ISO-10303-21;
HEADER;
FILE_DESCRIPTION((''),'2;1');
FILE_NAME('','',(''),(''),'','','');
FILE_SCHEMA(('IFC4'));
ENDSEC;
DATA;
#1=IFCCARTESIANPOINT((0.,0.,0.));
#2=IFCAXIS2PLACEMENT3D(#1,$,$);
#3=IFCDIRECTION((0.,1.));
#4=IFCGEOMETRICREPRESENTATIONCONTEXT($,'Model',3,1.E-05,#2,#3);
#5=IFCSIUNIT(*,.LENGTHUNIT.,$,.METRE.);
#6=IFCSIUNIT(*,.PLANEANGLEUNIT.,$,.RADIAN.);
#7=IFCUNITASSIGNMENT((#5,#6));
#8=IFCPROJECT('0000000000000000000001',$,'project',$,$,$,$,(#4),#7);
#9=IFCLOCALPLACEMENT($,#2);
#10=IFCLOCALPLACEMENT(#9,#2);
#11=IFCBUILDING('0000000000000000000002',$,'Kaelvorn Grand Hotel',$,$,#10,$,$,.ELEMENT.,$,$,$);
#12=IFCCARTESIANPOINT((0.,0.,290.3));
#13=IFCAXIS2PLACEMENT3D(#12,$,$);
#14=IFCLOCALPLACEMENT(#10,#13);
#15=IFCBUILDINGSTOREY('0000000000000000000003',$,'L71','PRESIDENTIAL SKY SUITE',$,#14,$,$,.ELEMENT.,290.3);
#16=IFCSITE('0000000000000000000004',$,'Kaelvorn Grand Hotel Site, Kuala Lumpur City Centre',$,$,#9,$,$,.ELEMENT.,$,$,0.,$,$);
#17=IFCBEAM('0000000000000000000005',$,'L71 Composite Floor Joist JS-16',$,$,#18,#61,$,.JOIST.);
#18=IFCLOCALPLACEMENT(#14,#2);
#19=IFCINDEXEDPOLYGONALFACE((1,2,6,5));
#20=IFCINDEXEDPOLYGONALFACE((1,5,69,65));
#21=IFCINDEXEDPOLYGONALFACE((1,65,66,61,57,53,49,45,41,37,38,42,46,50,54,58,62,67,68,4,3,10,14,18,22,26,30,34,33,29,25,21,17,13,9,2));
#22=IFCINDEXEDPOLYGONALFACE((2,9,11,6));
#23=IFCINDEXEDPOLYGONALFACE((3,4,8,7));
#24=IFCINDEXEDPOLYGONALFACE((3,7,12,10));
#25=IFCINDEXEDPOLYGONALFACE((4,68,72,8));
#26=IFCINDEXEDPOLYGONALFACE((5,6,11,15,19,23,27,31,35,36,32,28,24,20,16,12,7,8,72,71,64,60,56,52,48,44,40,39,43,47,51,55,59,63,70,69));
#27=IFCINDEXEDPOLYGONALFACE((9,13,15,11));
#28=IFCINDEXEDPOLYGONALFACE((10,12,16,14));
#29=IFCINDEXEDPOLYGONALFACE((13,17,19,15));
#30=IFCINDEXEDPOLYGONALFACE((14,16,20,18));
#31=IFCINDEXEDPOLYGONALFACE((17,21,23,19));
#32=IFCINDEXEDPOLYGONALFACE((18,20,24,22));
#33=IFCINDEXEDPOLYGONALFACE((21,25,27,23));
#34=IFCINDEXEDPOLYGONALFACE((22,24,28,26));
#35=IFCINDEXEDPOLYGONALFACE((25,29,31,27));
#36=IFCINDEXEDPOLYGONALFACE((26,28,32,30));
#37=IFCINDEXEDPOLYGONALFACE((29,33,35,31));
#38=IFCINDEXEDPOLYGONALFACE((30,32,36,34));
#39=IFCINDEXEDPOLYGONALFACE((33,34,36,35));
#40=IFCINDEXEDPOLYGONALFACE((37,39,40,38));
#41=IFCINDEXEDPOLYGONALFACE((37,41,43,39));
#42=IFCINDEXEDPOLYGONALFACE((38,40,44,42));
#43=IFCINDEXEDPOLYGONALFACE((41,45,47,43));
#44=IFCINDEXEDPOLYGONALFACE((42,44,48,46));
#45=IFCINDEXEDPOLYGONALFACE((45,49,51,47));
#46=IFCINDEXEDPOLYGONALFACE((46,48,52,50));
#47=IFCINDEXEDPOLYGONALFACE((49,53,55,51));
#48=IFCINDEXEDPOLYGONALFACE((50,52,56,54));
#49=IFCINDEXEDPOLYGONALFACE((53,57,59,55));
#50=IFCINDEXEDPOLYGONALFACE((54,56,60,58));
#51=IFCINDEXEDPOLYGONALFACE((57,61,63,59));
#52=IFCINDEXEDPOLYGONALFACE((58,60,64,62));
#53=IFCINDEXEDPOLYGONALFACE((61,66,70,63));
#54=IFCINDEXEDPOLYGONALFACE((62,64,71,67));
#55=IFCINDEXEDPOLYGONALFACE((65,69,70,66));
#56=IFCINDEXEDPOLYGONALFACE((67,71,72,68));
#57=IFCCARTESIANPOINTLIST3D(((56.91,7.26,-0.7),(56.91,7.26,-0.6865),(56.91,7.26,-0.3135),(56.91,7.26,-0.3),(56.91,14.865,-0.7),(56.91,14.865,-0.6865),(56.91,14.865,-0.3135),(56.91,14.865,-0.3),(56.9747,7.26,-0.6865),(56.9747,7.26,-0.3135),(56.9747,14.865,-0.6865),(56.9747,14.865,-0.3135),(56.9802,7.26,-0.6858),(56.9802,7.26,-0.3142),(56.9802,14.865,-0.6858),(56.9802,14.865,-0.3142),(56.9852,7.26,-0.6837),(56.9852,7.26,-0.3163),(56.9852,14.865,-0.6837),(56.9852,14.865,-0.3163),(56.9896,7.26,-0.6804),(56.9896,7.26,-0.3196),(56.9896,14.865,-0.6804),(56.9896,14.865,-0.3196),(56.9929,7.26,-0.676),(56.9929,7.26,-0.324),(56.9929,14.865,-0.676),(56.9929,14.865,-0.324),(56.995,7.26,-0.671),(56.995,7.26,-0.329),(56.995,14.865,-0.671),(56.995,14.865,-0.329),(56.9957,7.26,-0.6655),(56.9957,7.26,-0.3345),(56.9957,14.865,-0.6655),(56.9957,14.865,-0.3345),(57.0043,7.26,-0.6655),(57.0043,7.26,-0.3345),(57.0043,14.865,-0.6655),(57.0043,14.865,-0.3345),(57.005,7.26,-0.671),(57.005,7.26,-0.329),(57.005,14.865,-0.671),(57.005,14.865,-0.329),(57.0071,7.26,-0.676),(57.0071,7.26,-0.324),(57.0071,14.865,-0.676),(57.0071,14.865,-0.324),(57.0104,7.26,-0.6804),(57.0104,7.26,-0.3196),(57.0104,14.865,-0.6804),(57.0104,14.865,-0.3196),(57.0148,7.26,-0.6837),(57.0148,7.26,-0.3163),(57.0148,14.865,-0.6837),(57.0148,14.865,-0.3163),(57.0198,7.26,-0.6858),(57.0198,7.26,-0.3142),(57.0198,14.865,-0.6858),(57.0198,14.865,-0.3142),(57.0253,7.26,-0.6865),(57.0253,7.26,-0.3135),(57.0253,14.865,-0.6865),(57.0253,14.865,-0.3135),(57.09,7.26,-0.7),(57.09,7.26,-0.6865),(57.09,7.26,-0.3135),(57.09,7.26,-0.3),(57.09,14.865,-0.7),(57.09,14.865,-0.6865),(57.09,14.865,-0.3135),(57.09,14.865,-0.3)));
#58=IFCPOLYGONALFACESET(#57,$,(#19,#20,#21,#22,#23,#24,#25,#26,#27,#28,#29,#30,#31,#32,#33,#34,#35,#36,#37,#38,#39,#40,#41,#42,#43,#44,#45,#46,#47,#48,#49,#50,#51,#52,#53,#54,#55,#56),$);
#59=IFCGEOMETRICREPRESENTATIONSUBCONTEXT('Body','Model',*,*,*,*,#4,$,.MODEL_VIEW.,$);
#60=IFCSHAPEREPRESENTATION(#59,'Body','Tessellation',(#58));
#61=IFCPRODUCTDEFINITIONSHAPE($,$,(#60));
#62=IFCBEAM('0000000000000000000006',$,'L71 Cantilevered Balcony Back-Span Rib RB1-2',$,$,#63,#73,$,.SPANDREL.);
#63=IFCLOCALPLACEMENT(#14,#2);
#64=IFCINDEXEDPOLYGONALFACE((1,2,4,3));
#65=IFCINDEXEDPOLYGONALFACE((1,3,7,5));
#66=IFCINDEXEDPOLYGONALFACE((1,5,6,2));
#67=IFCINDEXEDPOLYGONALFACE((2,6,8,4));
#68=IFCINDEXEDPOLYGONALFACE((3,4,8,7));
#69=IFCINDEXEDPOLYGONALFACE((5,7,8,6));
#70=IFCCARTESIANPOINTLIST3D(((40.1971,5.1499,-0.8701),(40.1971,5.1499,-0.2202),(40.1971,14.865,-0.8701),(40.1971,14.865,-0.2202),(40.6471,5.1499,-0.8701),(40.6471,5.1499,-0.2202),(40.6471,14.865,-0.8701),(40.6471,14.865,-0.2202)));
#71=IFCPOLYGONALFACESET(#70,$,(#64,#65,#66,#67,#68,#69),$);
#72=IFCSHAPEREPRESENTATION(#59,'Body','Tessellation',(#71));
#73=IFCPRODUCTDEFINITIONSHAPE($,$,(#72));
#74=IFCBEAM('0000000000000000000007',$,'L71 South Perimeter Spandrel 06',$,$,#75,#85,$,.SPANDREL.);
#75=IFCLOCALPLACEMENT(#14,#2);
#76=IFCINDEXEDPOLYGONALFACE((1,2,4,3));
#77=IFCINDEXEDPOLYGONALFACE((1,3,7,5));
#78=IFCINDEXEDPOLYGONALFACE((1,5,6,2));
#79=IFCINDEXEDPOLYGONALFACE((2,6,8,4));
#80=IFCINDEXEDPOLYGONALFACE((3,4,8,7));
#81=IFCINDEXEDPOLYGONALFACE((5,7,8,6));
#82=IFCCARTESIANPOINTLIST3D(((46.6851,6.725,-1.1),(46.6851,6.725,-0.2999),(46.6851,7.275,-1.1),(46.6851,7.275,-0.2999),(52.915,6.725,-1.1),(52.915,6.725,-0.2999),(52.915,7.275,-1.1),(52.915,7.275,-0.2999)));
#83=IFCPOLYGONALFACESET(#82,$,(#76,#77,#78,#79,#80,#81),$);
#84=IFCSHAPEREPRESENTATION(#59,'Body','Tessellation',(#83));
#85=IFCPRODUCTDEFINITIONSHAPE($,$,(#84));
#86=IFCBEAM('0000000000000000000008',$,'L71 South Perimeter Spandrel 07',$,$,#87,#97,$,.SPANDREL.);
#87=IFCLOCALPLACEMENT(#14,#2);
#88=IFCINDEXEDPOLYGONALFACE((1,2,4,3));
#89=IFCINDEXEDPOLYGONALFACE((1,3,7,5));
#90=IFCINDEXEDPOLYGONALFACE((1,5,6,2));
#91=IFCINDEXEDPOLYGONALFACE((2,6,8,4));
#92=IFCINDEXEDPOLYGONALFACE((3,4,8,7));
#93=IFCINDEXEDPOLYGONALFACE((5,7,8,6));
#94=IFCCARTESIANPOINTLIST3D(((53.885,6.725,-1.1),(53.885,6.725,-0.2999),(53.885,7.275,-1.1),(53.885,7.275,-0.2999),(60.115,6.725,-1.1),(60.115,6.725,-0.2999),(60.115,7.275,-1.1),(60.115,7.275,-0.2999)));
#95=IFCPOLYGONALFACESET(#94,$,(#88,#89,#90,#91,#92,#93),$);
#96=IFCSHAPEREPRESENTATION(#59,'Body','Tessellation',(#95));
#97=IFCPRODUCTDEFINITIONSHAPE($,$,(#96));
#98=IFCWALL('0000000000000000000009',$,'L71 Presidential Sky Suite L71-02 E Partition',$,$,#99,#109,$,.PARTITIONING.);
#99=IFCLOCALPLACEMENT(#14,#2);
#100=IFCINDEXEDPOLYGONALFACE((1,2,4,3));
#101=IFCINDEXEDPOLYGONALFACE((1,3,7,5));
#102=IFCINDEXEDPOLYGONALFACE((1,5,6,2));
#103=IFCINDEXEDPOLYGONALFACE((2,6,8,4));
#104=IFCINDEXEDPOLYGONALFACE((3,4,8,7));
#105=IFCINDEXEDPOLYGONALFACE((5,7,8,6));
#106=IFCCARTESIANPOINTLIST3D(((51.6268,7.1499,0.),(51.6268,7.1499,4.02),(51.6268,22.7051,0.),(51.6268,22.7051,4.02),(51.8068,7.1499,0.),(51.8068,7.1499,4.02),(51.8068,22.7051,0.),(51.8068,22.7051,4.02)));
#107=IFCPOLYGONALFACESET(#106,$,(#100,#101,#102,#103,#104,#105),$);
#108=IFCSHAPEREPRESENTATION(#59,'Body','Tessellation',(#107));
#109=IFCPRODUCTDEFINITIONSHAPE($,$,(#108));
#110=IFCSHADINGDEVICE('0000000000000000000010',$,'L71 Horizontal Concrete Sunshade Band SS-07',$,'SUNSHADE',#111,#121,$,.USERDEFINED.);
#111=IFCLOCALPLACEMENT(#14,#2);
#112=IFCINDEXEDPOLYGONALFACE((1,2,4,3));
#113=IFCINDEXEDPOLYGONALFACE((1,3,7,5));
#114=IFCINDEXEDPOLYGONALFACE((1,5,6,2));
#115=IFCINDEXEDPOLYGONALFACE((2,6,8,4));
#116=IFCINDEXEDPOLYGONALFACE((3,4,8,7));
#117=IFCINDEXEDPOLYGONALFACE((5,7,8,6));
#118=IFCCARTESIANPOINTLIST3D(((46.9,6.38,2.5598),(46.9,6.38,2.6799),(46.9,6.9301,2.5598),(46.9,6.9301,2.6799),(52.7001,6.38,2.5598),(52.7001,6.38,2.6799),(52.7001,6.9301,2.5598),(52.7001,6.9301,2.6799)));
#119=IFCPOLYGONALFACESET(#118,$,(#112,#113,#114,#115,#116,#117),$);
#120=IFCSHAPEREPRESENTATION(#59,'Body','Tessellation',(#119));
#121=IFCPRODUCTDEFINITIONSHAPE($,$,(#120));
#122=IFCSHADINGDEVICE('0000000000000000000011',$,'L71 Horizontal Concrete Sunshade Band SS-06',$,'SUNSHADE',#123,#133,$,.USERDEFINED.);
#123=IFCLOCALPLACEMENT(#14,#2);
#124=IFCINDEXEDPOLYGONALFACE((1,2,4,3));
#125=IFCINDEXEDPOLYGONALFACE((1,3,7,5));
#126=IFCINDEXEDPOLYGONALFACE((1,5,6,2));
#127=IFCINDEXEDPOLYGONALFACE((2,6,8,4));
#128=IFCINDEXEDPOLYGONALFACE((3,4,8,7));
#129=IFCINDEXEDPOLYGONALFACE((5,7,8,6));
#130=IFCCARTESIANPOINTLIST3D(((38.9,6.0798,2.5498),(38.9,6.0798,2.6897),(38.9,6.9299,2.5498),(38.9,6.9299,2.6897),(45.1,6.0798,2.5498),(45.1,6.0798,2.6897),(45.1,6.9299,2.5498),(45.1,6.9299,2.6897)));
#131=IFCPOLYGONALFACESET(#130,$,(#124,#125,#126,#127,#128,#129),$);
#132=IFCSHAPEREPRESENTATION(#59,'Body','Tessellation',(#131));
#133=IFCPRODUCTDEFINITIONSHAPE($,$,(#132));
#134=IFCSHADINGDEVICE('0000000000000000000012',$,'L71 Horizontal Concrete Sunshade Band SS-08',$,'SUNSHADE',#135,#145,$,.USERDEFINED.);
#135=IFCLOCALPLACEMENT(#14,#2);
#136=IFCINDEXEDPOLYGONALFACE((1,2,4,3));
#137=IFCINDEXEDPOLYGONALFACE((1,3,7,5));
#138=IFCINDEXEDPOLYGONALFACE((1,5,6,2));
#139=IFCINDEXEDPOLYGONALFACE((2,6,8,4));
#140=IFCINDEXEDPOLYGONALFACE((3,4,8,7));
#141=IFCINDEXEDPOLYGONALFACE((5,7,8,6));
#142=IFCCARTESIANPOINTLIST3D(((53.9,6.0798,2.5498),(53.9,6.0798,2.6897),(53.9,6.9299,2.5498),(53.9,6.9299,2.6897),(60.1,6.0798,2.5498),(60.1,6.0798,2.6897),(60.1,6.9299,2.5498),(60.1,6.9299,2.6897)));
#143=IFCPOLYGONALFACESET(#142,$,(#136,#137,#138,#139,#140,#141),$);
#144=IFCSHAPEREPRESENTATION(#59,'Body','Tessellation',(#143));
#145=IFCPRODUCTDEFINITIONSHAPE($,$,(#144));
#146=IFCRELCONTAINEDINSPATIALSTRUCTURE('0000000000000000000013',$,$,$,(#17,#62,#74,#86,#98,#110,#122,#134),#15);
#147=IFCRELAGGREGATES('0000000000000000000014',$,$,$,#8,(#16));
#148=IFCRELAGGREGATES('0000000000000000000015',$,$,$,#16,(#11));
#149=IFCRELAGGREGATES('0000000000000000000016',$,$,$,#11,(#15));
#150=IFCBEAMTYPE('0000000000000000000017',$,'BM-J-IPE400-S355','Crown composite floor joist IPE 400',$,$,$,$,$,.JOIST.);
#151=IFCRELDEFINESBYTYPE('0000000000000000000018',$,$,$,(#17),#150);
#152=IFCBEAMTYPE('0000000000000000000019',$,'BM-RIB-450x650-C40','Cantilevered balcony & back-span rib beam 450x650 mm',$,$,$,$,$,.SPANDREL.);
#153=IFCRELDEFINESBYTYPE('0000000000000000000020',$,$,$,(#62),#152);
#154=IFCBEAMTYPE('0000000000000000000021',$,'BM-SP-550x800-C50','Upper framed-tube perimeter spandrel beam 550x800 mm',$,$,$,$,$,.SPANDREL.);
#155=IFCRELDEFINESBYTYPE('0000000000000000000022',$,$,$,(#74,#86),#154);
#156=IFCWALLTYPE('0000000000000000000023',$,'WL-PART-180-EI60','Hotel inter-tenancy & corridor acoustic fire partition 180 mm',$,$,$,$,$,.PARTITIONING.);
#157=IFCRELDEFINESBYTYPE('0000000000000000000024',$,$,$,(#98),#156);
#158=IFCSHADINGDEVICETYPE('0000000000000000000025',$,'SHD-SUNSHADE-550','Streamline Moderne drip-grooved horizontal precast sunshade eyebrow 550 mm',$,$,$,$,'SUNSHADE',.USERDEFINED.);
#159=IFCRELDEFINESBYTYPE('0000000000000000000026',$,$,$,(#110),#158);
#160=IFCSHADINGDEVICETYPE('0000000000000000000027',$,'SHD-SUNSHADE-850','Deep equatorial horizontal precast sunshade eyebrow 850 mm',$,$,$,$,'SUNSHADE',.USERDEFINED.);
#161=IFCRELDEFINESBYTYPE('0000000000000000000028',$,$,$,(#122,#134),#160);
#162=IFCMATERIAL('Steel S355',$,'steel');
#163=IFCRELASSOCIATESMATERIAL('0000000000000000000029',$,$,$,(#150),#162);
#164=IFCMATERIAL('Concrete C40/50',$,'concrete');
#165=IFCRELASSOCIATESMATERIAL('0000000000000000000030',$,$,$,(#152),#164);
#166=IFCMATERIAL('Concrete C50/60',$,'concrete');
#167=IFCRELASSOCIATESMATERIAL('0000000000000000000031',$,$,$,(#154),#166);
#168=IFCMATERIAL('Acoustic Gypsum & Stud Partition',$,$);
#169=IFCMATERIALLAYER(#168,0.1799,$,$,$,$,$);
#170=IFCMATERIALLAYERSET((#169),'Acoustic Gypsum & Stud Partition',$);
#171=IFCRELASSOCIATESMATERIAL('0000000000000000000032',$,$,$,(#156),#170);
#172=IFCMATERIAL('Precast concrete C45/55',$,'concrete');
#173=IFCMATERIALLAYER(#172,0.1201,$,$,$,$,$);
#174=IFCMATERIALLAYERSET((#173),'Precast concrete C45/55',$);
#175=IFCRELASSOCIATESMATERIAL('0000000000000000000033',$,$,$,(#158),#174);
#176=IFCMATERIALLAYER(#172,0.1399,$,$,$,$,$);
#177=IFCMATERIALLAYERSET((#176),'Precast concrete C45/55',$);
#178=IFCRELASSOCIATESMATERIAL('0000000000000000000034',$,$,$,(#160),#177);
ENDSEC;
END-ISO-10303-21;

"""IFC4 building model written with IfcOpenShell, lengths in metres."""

from ifc_helpers import new_model, si_unit, direction, frame, frame_2d, origin, origin_2d, place, context, subcontext, project, spatial, rectangle, i_section, extrude, material, layer, layer_set, material_profile, profile_set, type_object, element, save


model = new_model("IFC4")

# Units and contexts
model_context = context("Model", 3, precision=1e-05, world=origin(), true_north=direction((0.0, 1.0)))
body_context = subcontext(model_context, "Body", "Model", "MODEL_VIEW")
ifc_project = project(units=[si_unit("LENGTHUNIT", "METRE"), si_unit("PLANEANGLEUNIT", "RADIAN")], contexts=[model_context])

# Site, building, storey
site_placement = place(None, origin())
site = spatial("IfcSite", under=ifc_project, at=site_placement, Name="Kaelvorn Grand Hotel Site, Kuala Lumpur City Centre", CompositionType="ELEMENT", RefElevation=0.0)
building_placement = place(site_placement, origin())
building = spatial("IfcBuilding", under=site, at=building_placement, Name="Kaelvorn Grand Hotel", CompositionType="ELEMENT")
storey_placement = place(building_placement, frame((0.0, 0.0, 290.3)))
storey = spatial("IfcBuildingStorey", under=building, at=storey_placement, Name="L71", Description="PRESIDENTIAL SKY SUITE", CompositionType="ELEMENT", Elevation=290.3)

# Shared definitions
ifc_material_1 = material(Name="Concrete C50/60", Category="concrete")

# Beams
ifc_material_2 = material(Name="Steel S355", Category="steel")
ifc_material_profile_1 = material_profile(ifc_material_2, i_section(OverallWidth=0.1799, OverallDepth=0.3999, WebThickness=0.0085, FlangeThickness=0.0134, FilletRadius=0.021, at=origin_2d()), Name="IPE 400")
ifc_profile_set_1 = profile_set([ifc_material_profile_1], Name="Steel S355")
beam_type_1 = type_object("IfcBeamType", Name="BM-J-IPE400-S355", Description="Crown composite floor joist IPE 400", PredefinedType="JOIST", material=ifc_profile_set_1)
beam_1_placement = place(storey_placement, frame((57.0, 7.26, -0.5), z_axis=(0.0, 1.0, 0.0), x_axis=(-1.0, 0.0, 0.0)))
element("IfcBeam", 1, at=beam_1_placement, inside=storey, type_object=beam_type_1, Name="L71 Composite Floor Joist JS-16", PredefinedType="JOIST", context=body_context, shape_type="SweptSolid", body=[
    extrude(i_section(OverallWidth=0.1799, OverallDepth=0.3999, WebThickness=0.0085, FlangeThickness=0.0134, FilletRadius=0.021, at=origin_2d()), origin(), (0.0, 0.0, 1.0), 7.605),
])
ifc_material_3 = material(Name="Concrete C40/50", Category="concrete")
ifc_material_profile_2 = material_profile(ifc_material_3, rectangle(XDim=0.45, YDim=0.6499, at=origin_2d()), Name="RC RIB 450x650")
ifc_profile_set_2 = profile_set([ifc_material_profile_2], Name="Concrete C40/50")
beam_type_2 = type_object("IfcBeamType", Name="BM-RIB-450x650-C40", Description="Cantilevered balcony & back-span rib beam 450x650 mm", PredefinedType="SPANDREL", material=ifc_profile_set_2)
beam_2_placement = place(storey_placement, frame((40.4221, 5.1499, -0.5452), z_axis=(0.0, 1.0, 0.0), x_axis=(-1.0, 0.0, 0.0)))
element("IfcBeam", 2, at=beam_2_placement, inside=storey, type_object=beam_type_2, Name="L71 Cantilevered Balcony Back-Span Rib RB1-2", PredefinedType="SPANDREL", context=body_context, shape_type="SweptSolid", body=[
    extrude(rectangle(XDim=0.45, YDim=0.6499, at=origin_2d()), origin(), (0.0, 0.0, 1.0), 9.7151),
])
ifc_material_profile_3 = material_profile(ifc_material_1, rectangle(XDim=0.55, YDim=0.8, at=origin_2d()), Name="RC SPANDREL 550x800")
ifc_profile_set_3 = profile_set([ifc_material_profile_3], Name="Concrete C50/60")
beam_type_3 = type_object("IfcBeamType", Name="BM-SP-550x800-C50", Description="Upper framed-tube perimeter spandrel beam 550x800 mm", PredefinedType="SPANDREL", material=ifc_profile_set_3)
for number, where, z_axis, x_axis, name in (
    (3, (46.6851, 7.0, -0.7), (1.0, 0.0, 0.0), (0.0, 1.0, 0.0), "L71 South Perimeter Spandrel 06"),
    (4, (53.885, 7.0, -0.7), (1.0, 0.0, 0.0), (0.0, 1.0, 0.0), "L71 South Perimeter Spandrel 07"),
):
    element("IfcBeam", number, at=place(storey_placement, frame(where, z_axis=z_axis, x_axis=x_axis)), inside=storey, type_object=beam_type_3, Name=name, PredefinedType="SPANDREL", context=body_context, shape_type="SweptSolid", body=[
        extrude(rectangle(XDim=0.55, YDim=0.8, at=origin_2d()), origin(), (0.0, 0.0, 1.0), 6.23),
    ])

# Wall
ifc_material_4 = material(Name="Acoustic Gypsum & Stud Partition")
ifc_layer_1 = layer(ifc_material_4, 0.1799)
ifc_layer_set_1 = layer_set([ifc_layer_1], Name="Acoustic Gypsum & Stud Partition")
wall_type = type_object("IfcWallType", Name="WL-PART-180-EI60", Description="Hotel inter-tenancy & corridor acoustic fire partition 180 mm", PredefinedType="PARTITIONING", material=ifc_layer_set_1)
wall_placement = place(storey_placement, frame((51.7168, 7.1499, 0.0), z_axis=(0.0, 0.0, 1.0), x_axis=(0.0, 1.0, 0.0)))
element("IfcWall", 5, at=wall_placement, inside=storey, type_object=wall_type, Name="L71 Presidential Sky Suite L71-02 E Partition", PredefinedType="PARTITIONING", context=body_context, shape_type="SweptSolid", body=[
    extrude(rectangle(XDim=15.5552, YDim=0.1799, at=frame_2d((7.7776, 0.0))), origin(), (0.0, 0.0, 1.0), 4.02),
])

# Shading devices
ifc_material_5 = material(Name="Precast concrete C45/55", Category="concrete")
ifc_layer_2 = layer(ifc_material_5, 0.1201)
ifc_layer_set_2 = layer_set([ifc_layer_2], Name="Precast concrete C45/55")
shading_device_type_1 = type_object("IfcShadingDeviceType", Name="SHD-SUNSHADE-550", Description="Streamline Moderne drip-grooved horizontal precast sunshade eyebrow 550 mm", ElementType="SUNSHADE", PredefinedType="USERDEFINED", material=ifc_layer_set_2)
shading_device_placement = place(storey_placement, frame((49.8, 6.655, 2.5598), z_axis=(0.0, 0.0, 1.0), x_axis=(1.0, 0.0, 0.0)))
element("IfcShadingDevice", 6, at=shading_device_placement, inside=storey, type_object=shading_device_type_1, Name="L71 Horizontal Concrete Sunshade Band SS-07", ObjectType="SUNSHADE", PredefinedType="USERDEFINED", context=body_context, shape_type="SweptSolid", body=[
    extrude(rectangle(XDim=5.8, YDim=0.55, at=origin_2d()), origin(), (0.0, 0.0, 1.0), 0.1201),
])
ifc_layer_3 = layer(ifc_material_5, 0.1399)
ifc_layer_set_3 = layer_set([ifc_layer_3], Name="Precast concrete C45/55")
shading_device_type_2 = type_object("IfcShadingDeviceType", Name="SHD-SUNSHADE-850", Description="Deep equatorial horizontal precast sunshade eyebrow 850 mm", ElementType="SUNSHADE", PredefinedType="USERDEFINED", material=ifc_layer_set_3)
for number, where, z_axis, x_axis, name in (
    (7, (42.0, 6.5049, 2.5498), (0.0, 0.0, 1.0), (1.0, 0.0, 0.0), "L71 Horizontal Concrete Sunshade Band SS-06"),
    (8, (57.0, 6.5049, 2.5498), (0.0, 0.0, 1.0), (1.0, 0.0, 0.0), "L71 Horizontal Concrete Sunshade Band SS-08"),
):
    element("IfcShadingDevice", number, at=place(storey_placement, frame(where, z_axis=z_axis, x_axis=x_axis)), inside=storey, type_object=shading_device_type_2, Name=name, ObjectType="SUNSHADE", PredefinedType="USERDEFINED", context=body_context, shape_type="SweptSolid", body=[
        extrude(rectangle(XDim=6.2, YDim=0.8501, at=origin_2d()), origin(), (0.0, 0.0, 1.0), 0.1399),
    ])

save(model, "model.ifc")
